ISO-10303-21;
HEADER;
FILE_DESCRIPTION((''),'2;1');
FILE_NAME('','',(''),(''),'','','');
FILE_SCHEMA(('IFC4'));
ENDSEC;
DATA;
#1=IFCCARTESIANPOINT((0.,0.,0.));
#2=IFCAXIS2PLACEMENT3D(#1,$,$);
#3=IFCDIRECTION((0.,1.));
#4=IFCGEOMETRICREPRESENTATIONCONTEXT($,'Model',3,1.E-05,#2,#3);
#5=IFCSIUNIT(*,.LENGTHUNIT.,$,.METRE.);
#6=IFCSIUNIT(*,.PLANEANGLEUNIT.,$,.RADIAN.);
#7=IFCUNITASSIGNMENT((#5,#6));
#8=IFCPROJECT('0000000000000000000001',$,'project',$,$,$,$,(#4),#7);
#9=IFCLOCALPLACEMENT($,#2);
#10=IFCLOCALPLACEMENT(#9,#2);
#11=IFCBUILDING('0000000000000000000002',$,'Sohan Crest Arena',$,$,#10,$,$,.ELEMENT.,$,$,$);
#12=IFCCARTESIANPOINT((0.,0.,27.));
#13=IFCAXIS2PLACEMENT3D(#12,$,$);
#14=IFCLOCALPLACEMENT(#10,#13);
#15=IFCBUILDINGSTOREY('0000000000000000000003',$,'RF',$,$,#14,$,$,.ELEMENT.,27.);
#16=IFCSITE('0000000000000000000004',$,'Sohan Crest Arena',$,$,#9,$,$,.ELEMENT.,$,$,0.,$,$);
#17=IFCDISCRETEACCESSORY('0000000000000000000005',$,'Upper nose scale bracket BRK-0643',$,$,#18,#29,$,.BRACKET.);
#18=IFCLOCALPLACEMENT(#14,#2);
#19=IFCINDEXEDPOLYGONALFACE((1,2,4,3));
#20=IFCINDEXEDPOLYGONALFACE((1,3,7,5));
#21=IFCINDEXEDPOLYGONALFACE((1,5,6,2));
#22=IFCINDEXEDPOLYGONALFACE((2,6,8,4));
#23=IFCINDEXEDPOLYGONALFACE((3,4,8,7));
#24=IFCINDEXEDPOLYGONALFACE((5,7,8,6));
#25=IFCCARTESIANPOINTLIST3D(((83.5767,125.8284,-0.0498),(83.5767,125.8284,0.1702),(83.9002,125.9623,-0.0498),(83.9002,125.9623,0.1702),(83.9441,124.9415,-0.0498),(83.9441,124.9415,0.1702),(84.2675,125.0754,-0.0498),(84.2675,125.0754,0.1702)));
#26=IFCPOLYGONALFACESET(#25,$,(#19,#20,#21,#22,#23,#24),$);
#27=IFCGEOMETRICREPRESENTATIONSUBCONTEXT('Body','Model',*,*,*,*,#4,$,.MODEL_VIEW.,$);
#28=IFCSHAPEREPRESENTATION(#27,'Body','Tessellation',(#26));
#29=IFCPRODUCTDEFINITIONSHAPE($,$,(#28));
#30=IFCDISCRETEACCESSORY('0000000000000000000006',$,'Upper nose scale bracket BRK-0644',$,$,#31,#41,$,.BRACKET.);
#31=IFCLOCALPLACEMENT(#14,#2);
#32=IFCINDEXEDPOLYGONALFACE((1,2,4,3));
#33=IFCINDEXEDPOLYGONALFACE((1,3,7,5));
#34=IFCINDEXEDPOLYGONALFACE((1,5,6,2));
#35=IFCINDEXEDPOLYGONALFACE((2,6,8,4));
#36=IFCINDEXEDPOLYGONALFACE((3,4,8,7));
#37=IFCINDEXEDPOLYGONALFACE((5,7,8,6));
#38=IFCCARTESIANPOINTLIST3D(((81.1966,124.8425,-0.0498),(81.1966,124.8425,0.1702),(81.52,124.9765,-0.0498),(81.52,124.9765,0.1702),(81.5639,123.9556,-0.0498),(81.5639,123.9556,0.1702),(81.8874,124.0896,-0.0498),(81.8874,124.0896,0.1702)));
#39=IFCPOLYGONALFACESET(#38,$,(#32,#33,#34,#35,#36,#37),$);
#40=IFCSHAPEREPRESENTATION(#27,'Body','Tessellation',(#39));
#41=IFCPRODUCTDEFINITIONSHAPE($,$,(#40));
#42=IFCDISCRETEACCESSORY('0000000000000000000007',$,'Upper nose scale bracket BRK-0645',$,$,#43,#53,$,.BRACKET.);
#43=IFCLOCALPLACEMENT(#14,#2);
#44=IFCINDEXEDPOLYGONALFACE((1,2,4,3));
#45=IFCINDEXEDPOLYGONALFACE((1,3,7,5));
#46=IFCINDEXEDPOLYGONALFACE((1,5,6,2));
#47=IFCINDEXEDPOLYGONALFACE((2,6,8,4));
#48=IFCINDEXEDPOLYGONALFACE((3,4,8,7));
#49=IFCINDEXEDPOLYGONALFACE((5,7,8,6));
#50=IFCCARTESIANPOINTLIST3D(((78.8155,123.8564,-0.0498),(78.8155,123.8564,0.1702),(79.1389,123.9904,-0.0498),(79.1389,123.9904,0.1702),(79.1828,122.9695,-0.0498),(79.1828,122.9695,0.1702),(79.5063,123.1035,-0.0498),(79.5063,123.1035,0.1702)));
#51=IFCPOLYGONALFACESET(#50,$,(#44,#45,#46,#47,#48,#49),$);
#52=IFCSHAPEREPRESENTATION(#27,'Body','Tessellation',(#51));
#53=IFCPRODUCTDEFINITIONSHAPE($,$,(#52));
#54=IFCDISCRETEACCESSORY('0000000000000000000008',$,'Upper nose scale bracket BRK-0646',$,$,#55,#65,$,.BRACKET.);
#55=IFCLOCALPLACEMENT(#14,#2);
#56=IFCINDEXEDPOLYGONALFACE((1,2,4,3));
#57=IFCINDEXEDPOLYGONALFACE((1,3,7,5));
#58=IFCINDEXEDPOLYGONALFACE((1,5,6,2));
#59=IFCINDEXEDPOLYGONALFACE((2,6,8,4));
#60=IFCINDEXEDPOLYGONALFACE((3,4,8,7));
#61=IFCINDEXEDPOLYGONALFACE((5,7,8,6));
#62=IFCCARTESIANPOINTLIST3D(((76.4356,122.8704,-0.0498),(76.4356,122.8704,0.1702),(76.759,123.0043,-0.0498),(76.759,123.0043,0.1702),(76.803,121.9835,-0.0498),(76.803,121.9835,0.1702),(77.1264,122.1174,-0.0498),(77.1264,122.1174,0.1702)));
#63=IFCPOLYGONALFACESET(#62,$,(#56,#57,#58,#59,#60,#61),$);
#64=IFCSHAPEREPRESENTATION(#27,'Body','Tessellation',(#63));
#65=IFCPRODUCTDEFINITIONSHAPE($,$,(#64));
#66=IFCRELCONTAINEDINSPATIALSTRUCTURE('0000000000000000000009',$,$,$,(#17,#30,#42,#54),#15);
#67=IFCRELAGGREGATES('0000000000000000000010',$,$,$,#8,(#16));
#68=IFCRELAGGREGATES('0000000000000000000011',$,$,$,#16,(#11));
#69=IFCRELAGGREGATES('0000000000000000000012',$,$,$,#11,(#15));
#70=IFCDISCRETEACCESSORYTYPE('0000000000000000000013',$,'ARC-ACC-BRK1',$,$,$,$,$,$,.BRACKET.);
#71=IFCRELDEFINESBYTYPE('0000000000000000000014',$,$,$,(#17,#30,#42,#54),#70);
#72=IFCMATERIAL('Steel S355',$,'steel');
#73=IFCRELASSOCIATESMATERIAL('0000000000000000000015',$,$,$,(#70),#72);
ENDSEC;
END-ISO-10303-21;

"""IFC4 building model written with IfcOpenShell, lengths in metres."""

from ifc_helpers import new_model, si_unit, direction, frame, origin, origin_2d, place, context, subcontext, project, spatial, rectangle, extrude, material, type_object, element, save


model = new_model("IFC4")

# Units and contexts
model_context = context("Model", 3, precision=1e-05, world=origin(), true_north=direction((0.0, 1.0)))
body_context = subcontext(model_context, "Body", "Model", "MODEL_VIEW")
ifc_project = project(units=[si_unit("LENGTHUNIT", "METRE"), si_unit("PLANEANGLEUNIT", "RADIAN")], contexts=[model_context])

# Site, building, storey
site_placement = place(None, origin())
site = spatial("IfcSite", under=ifc_project, at=site_placement, Name="Sohan Crest Arena", CompositionType="ELEMENT", RefElevation=0.0)
building_placement = place(site_placement, origin())
building = spatial("IfcBuilding", under=site, at=building_placement, Name="Sohan Crest Arena", CompositionType="ELEMENT")
storey_placement = place(building_placement, frame((0.0, 0.0, 27.0)))
storey = spatial("IfcBuildingStorey", under=building, at=storey_placement, Name="RF", CompositionType="ELEMENT", Elevation=27.0)

# Shared definitions
ifc_material_1 = material(Name="Steel S355", Category="steel")

# Discrete accessories
discrete_accessory_type = type_object("IfcDiscreteAccessoryType", Name="ARC-ACC-BRK1", PredefinedType="BRACKET", material=ifc_material_1)
for number, where, z_axis, x_axis, name in (
    (1, (83.9221, 125.4519, -0.0498), (0.0, 0.0, 1.0), (-0.92388, -0.382683, 0.0), "Upper nose scale bracket BRK-0643"),
    (2, (81.542, 124.4661, -0.0498), (0.0, 0.0, 1.0), (-0.92388, -0.382683, 0.0), "Upper nose scale bracket BRK-0644"),
    (3, (79.1609, 123.48, -0.0498), (0.0, 0.0, 1.0), (-0.92388, -0.382683, 0.0), "Upper nose scale bracket BRK-0645"),
    (4, (76.781, 122.4939, -0.0498), (0.0, 0.0, 1.0), (-0.92388, -0.382683, 0.0), "Upper nose scale bracket BRK-0646"),
):
    element("IfcDiscreteAccessory", number, at=place(storey_placement, frame(where, z_axis=z_axis, x_axis=x_axis)), inside=storey, type_object=discrete_accessory_type, Name=name, PredefinedType="BRACKET", context=body_context, shape_type="SweptSolid", body=[
        extrude(rectangle(XDim=0.3501, YDim=0.96, at=origin_2d()), origin(), (0.0, 0.0, 1.0), 0.22),
    ])

save(model, "model.ifc")
